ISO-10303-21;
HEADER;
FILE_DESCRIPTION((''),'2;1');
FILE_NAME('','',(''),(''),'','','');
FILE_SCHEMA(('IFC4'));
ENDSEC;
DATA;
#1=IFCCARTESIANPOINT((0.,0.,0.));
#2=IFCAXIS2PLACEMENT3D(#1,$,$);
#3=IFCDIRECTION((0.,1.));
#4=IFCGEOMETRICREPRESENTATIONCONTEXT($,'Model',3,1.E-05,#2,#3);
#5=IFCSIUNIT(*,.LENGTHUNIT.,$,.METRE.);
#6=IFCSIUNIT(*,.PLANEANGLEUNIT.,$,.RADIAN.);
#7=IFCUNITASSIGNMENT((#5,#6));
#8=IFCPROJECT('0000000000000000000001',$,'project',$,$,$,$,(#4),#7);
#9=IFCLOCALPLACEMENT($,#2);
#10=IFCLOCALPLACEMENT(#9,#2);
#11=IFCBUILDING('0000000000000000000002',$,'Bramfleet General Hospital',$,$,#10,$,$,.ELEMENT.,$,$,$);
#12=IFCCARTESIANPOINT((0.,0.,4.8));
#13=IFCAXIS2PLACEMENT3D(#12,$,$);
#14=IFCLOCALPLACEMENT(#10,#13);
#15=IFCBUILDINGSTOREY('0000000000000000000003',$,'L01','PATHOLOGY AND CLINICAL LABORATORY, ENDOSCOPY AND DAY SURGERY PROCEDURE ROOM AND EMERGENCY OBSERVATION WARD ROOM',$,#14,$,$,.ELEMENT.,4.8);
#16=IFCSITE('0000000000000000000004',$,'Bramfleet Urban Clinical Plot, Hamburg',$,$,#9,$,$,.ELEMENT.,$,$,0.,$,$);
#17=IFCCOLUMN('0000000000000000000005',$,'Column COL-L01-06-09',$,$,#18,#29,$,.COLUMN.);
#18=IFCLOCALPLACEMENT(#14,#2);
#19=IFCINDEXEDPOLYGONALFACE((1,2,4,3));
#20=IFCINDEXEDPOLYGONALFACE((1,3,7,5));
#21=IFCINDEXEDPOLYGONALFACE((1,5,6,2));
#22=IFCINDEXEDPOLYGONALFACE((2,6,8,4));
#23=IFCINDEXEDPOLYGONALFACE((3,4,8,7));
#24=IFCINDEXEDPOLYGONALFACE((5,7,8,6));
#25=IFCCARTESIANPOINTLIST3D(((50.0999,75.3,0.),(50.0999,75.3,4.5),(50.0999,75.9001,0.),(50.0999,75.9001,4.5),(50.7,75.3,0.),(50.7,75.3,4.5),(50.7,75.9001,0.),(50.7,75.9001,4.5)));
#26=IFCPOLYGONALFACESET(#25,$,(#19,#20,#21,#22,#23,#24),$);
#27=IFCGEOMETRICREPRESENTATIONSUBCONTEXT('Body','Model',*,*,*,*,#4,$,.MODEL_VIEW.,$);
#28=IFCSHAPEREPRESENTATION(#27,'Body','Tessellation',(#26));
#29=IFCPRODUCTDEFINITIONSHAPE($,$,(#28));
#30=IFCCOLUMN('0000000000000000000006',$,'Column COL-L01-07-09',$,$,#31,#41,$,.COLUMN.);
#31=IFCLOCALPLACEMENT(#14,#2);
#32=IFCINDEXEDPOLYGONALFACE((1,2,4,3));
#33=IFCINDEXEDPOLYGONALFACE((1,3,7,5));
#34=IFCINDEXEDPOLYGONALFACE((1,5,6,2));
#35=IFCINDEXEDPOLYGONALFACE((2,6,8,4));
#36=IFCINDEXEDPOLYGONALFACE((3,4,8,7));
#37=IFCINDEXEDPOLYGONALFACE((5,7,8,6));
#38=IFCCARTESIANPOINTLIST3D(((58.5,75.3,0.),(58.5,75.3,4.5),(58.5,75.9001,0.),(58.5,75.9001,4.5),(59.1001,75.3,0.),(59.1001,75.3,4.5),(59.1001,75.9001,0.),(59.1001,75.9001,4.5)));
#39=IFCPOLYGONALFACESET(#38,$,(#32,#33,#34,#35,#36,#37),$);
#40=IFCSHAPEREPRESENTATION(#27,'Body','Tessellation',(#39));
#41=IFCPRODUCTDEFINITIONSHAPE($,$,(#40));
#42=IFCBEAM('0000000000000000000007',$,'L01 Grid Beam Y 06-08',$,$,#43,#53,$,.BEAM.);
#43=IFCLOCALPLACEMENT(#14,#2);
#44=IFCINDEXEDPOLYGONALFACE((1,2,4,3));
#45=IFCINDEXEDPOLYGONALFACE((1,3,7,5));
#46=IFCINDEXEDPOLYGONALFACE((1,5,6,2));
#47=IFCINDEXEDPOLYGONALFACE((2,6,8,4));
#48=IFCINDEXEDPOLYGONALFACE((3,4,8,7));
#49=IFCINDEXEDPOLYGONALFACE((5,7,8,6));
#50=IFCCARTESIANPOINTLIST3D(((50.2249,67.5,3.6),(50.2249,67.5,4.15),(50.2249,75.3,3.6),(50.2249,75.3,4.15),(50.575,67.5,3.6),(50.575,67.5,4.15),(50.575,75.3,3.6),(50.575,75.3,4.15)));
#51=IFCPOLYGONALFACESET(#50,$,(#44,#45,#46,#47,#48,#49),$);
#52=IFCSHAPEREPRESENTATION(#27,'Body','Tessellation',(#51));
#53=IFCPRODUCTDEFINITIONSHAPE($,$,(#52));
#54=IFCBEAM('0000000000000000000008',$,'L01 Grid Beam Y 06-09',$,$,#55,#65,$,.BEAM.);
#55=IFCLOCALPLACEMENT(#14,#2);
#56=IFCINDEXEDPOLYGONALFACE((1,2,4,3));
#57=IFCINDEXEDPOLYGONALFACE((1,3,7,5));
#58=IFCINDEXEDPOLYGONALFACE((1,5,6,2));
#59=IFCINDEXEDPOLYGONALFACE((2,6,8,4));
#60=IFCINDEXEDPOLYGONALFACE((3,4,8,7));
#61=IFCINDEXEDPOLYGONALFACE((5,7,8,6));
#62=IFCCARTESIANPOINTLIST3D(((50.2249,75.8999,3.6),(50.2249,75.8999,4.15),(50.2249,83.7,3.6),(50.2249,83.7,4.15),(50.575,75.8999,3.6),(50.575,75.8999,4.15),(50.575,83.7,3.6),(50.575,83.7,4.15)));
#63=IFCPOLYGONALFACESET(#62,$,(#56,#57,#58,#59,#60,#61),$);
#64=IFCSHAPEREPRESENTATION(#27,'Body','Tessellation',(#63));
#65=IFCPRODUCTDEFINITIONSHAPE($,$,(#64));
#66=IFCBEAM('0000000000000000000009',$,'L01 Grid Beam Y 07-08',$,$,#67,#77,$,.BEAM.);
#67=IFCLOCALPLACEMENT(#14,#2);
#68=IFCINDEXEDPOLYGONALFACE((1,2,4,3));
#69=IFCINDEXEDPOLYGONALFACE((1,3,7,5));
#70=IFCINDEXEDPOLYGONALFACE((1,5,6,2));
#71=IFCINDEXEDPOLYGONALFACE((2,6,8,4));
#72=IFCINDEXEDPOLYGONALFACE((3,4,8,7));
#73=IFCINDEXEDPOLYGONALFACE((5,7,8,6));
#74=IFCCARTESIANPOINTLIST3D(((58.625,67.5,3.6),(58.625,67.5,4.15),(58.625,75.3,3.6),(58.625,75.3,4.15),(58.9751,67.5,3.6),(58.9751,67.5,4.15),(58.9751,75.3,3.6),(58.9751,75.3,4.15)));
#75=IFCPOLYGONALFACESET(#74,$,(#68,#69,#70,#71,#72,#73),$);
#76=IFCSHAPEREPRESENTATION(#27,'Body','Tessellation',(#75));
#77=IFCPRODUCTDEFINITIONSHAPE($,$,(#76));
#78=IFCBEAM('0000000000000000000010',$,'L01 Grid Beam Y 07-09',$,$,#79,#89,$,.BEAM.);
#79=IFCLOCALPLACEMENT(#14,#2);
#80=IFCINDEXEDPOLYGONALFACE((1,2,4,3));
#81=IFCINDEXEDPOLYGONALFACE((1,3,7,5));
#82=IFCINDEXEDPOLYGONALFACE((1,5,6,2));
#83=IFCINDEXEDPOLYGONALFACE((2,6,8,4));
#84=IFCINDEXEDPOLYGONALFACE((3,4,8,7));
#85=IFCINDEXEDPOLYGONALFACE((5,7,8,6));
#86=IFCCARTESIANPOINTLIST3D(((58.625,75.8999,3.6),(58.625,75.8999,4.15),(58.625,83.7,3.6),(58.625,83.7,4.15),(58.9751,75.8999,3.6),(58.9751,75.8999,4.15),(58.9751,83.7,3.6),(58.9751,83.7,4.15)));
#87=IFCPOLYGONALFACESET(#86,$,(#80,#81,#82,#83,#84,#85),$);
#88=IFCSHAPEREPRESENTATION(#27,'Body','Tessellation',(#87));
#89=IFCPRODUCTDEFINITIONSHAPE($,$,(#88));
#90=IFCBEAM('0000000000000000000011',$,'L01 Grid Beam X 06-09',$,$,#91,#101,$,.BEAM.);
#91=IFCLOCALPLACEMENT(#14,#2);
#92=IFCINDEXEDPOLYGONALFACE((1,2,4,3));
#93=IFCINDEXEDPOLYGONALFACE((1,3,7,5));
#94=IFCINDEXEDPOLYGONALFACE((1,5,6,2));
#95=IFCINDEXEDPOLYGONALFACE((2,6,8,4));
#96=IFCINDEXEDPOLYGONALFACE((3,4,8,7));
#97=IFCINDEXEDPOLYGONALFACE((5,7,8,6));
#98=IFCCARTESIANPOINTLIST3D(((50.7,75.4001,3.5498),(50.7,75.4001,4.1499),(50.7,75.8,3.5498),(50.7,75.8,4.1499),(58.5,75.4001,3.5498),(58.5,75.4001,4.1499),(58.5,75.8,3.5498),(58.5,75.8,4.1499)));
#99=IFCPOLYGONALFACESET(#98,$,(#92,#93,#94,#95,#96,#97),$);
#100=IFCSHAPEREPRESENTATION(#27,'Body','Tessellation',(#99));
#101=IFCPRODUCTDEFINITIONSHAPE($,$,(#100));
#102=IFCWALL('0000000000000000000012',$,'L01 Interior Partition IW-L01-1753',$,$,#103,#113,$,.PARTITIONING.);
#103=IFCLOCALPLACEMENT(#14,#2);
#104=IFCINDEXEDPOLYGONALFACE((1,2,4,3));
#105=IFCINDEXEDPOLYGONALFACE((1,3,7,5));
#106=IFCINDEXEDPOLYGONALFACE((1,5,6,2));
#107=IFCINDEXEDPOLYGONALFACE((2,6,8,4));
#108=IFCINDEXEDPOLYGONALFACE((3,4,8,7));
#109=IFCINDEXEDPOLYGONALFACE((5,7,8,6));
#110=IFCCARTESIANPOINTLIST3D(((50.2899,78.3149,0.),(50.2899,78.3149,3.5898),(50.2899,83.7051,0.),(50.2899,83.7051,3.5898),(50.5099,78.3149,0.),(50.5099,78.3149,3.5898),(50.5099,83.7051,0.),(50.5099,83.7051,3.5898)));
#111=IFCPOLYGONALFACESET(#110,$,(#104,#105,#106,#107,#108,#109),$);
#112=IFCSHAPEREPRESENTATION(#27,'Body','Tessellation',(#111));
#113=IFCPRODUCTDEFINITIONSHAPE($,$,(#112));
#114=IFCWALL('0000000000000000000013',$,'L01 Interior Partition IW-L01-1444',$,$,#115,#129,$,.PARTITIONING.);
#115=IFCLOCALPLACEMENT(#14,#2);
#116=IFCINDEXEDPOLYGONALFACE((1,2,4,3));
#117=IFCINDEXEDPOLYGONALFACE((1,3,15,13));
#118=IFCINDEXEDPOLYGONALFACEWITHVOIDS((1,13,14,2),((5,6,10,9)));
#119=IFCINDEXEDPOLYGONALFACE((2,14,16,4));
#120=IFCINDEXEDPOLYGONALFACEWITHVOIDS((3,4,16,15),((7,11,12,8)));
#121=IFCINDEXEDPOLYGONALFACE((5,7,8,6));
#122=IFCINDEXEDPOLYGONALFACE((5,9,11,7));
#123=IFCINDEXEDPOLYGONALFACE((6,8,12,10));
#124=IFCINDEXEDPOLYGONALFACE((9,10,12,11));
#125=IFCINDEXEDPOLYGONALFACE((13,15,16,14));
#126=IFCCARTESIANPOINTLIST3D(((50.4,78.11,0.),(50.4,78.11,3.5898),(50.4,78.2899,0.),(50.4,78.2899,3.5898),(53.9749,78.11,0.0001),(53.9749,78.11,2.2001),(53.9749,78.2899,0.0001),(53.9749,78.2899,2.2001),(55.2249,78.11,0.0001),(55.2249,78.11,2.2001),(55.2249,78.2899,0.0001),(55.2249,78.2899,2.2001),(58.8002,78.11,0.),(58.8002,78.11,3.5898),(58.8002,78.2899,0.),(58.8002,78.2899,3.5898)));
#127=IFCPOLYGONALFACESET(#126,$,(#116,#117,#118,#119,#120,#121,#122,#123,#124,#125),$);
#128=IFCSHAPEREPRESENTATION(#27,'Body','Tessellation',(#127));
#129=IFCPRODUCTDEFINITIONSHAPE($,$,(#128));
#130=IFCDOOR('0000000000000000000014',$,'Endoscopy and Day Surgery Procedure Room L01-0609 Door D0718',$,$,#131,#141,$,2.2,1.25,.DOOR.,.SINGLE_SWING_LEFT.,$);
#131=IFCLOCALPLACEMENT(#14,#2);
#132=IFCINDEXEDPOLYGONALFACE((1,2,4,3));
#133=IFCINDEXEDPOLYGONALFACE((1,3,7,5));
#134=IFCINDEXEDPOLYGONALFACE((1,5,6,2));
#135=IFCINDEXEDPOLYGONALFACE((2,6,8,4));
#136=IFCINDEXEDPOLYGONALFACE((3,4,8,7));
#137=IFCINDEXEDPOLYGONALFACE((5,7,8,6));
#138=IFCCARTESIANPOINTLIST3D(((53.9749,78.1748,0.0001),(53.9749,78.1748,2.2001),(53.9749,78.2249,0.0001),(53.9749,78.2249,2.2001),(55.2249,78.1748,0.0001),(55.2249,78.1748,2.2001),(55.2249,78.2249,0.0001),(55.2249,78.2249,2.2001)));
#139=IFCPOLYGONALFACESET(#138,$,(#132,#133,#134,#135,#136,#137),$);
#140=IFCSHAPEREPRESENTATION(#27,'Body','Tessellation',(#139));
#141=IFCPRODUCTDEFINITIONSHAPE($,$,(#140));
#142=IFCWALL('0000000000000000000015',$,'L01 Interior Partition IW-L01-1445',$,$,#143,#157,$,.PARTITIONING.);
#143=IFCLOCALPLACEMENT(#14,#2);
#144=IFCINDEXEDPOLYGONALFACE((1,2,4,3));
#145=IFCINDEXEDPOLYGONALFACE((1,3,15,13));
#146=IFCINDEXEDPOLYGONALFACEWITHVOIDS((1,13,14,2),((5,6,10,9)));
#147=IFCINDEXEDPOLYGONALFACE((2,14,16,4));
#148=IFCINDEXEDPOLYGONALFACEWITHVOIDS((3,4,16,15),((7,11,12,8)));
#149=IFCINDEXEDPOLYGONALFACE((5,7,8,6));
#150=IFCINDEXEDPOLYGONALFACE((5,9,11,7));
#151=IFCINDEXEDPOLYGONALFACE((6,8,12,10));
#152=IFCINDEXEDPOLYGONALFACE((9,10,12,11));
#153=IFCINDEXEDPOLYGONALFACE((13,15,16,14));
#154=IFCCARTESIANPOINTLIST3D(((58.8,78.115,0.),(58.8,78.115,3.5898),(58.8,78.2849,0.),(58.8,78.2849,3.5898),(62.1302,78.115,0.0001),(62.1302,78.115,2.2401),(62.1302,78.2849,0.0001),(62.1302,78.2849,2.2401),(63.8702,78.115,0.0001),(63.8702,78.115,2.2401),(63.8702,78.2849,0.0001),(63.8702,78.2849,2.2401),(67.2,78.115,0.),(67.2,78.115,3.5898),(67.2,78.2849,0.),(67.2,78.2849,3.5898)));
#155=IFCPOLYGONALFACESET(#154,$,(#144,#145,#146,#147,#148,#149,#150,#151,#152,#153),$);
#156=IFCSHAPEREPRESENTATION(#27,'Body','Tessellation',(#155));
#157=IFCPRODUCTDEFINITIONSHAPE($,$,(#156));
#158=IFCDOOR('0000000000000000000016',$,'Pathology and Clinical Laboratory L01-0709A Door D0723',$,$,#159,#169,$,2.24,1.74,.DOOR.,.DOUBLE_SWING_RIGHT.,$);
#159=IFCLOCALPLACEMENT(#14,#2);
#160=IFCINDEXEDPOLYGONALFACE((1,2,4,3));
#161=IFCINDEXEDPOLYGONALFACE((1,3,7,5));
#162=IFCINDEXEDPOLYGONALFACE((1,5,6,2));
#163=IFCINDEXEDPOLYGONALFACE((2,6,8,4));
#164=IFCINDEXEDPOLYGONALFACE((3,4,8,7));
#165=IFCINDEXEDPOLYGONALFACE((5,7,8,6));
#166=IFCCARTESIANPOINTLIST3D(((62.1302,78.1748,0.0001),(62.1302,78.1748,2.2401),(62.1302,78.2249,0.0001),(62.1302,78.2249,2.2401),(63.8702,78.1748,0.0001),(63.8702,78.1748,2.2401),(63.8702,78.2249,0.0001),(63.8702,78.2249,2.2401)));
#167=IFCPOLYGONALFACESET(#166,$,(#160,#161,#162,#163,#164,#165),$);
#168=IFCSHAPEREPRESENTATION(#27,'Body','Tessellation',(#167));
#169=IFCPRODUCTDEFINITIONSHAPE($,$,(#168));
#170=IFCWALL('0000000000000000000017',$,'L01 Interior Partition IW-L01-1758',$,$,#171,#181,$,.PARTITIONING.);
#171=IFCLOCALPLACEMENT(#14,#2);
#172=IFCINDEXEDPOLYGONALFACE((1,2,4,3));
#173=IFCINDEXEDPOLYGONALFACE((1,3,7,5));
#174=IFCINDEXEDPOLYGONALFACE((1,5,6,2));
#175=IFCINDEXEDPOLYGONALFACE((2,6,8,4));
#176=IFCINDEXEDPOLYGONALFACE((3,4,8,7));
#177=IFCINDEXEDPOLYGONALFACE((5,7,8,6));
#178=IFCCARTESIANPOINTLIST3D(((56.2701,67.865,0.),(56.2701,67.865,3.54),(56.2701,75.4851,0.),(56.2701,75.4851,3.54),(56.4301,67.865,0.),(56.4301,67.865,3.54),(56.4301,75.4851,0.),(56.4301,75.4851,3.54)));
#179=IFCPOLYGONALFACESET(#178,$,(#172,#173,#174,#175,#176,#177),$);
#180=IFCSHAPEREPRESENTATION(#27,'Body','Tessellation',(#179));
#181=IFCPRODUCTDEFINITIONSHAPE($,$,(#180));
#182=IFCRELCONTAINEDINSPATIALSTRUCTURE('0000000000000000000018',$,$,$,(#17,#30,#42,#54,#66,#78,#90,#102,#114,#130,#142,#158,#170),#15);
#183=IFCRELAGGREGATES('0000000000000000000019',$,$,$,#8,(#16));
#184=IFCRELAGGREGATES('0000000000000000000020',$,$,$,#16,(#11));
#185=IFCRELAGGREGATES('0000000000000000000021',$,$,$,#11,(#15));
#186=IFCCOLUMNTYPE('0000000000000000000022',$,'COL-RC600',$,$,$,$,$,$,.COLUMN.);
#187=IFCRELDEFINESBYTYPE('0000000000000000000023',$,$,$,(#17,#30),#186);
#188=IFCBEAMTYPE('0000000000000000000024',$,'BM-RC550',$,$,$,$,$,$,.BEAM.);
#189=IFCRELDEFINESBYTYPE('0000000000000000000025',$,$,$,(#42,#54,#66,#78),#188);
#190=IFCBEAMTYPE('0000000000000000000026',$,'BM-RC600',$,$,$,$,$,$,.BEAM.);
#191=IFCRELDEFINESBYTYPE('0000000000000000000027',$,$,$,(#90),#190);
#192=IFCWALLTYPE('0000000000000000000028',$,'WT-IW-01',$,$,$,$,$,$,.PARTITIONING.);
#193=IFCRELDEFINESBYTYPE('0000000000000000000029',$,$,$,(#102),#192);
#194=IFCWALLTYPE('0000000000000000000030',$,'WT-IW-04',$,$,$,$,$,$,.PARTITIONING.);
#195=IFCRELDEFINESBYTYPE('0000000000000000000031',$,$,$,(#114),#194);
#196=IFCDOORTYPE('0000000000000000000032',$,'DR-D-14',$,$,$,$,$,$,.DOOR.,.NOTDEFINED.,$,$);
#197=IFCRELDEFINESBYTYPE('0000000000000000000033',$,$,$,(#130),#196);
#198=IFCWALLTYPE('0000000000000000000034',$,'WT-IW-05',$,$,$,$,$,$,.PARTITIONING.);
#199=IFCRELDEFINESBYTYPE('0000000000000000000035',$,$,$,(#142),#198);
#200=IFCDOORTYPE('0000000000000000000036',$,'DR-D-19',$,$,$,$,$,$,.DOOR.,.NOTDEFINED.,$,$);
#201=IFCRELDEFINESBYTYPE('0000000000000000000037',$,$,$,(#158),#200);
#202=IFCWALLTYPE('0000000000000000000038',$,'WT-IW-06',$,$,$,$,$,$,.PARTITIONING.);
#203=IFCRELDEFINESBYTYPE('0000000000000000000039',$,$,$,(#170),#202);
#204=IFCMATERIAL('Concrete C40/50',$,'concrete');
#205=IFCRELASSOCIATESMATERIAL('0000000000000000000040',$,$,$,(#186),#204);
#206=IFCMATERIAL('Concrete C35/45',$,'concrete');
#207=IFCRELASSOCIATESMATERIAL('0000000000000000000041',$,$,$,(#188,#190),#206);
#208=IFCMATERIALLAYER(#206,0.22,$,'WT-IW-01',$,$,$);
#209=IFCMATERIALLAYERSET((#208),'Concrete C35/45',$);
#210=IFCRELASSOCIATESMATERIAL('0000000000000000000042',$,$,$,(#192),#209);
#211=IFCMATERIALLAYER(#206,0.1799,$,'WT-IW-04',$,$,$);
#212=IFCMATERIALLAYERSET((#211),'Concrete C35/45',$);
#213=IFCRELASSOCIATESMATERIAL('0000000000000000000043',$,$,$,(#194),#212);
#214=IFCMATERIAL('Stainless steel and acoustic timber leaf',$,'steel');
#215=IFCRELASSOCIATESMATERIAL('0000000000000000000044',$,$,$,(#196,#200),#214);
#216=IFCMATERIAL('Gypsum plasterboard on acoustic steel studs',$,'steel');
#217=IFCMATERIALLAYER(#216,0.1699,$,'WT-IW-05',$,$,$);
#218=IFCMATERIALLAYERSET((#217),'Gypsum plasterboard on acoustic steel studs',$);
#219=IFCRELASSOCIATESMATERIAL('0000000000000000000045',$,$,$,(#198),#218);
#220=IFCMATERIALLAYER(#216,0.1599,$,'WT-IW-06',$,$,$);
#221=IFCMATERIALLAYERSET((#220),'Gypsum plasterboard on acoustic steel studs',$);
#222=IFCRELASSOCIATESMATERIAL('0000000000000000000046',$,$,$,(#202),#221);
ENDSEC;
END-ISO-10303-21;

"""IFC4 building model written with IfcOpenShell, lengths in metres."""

from ifc_helpers import new_model, si_unit, direction, frame, frame_2d, origin, origin_2d, place, context, subcontext, project, spatial, rectangle, extrude, material, layer, layer_set, material_profile, profile_set, type_object, element, fill, save


model = new_model("IFC4")

# Units and contexts
model_context = context("Model", 3, precision=1e-05, world=origin(), true_north=direction((0.0, 1.0)))
body_context = subcontext(model_context, "Body", "Model", "MODEL_VIEW")
ifc_project = project(units=[si_unit("LENGTHUNIT", "METRE"), si_unit("PLANEANGLEUNIT", "RADIAN")], contexts=[model_context])

# Site, building, storey
site_placement = place(None, origin())
site = spatial("IfcSite", under=ifc_project, at=site_placement, Name="Bramfleet Urban Clinical Plot, Hamburg", CompositionType="ELEMENT", RefElevation=0.0)
building_placement = place(site_placement, origin())
building = spatial("IfcBuilding", under=site, at=building_placement, Name="Bramfleet General Hospital", CompositionType="ELEMENT")
storey_placement = place(building_placement, frame((0.0, 0.0, 4.8)))
storey = spatial("IfcBuildingStorey", under=building, at=storey_placement, Name="L01", Description="PATHOLOGY AND CLINICAL LABORATORY, ENDOSCOPY AND DAY SURGERY PROCEDURE ROOM AND EMERGENCY OBSERVATION WARD ROOM", CompositionType="ELEMENT", Elevation=4.8)

# Columns
ifc_material_1 = material(Name="Concrete C40/50", Category="concrete")
ifc_material_profile_1 = material_profile(ifc_material_1, rectangle(XDim=0.6001, YDim=0.6001, at=origin_2d()), Name="RC COL 600x600")
ifc_profile_set_1 = profile_set([ifc_material_profile_1], Name="Concrete C40/50")
column_type = type_object("IfcColumnType", Name="COL-RC600", PredefinedType="COLUMN", material=ifc_profile_set_1)
for number, where, z_axis, x_axis, name in (
    (1, (50.3999, 75.6001, 0.0), (0.0, 0.0, 1.0), (1.0, 0.0, 0.0), "Column COL-L01-06-09"),
    (2, (58.8, 75.6001, 0.0), (0.0, 0.0, 1.0), (1.0, 0.0, 0.0), "Column COL-L01-07-09"),
):
    element("IfcColumn", number, at=place(storey_placement, frame(where, z_axis=z_axis, x_axis=x_axis)), inside=storey, type_object=column_type, Name=name, PredefinedType="COLUMN", context=body_context, shape_type="SweptSolid", body=[
        extrude(rectangle(XDim=0.6001, YDim=0.6001, at=origin_2d()), origin(), (0.0, 0.0, 1.0), 4.5),
    ])

# Beams
ifc_material_2 = material(Name="Concrete C35/45", Category="concrete")
ifc_material_profile_2 = material_profile(ifc_material_2, rectangle(XDim=0.3501, YDim=0.55, at=origin_2d()), Name="RC BM 550x350")
ifc_profile_set_2 = profile_set([ifc_material_profile_2], Name="Concrete C35/45")
beam_type_1 = type_object("IfcBeamType", Name="BM-RC550", PredefinedType="BEAM", material=ifc_profile_set_2)
for number, where, z_axis, x_axis, name in (
    (3, (50.3999, 67.5, 3.875), (0.0, 1.0, 0.0), (-1.0, 0.0, 0.0), "L01 Grid Beam Y 06-08"),
    (4, (50.3999, 75.8999, 3.875), (0.0, 1.0, 0.0), (-1.0, 0.0, 0.0), "L01 Grid Beam Y 06-09"),
    (5, (58.8, 67.5, 3.875), (0.0, 1.0, 0.0), (-1.0, 0.0, 0.0), "L01 Grid Beam Y 07-08"),
    (6, (58.8, 75.8999, 3.875), (0.0, 1.0, 0.0), (-1.0, 0.0, 0.0), "L01 Grid Beam Y 07-09"),
):
    element("IfcBeam", number, at=place(storey_placement, frame(where, z_axis=z_axis, x_axis=x_axis)), inside=storey, type_object=beam_type_1, Name=name, PredefinedType="BEAM", context=body_context, shape_type="SweptSolid", body=[
        extrude(rectangle(XDim=0.3501, YDim=0.55, at=origin_2d()), origin(), (0.0, 0.0, 1.0), 7.8),
    ])
ifc_material_profile_3 = material_profile(ifc_material_2, rectangle(XDim=0.3999, YDim=0.6001, at=origin_2d()), Name="RC BM 600x400")
ifc_profile_set_3 = profile_set([ifc_material_profile_3], Name="Concrete C35/45")
beam_type_2 = type_object("IfcBeamType", Name="BM-RC600", PredefinedType="BEAM", material=ifc_profile_set_3)
beam_placement = place(storey_placement, frame((50.7, 75.6001, 3.8499), z_axis=(1.0, 0.0, 0.0), x_axis=(0.0, 1.0, 0.0)))
element("IfcBeam", 7, at=beam_placement, inside=storey, type_object=beam_type_2, Name="L01 Grid Beam X 06-09", PredefinedType="BEAM", context=body_context, shape_type="SweptSolid", body=[
    extrude(rectangle(XDim=0.3999, YDim=0.6001, at=origin_2d()), origin(), (0.0, 0.0, 1.0), 7.8),
])

# Wall
ifc_layer_1 = layer(ifc_material_2, 0.22, Name="WT-IW-01")
ifc_layer_set_1 = layer_set([ifc_layer_1], Name="Concrete C35/45")
wall_type_1 = type_object("IfcWallType", Name="WT-IW-01", PredefinedType="PARTITIONING", material=ifc_layer_set_1)
wall_1_placement = place(storey_placement, frame((50.3999, 78.3149, 0.0), z_axis=(0.0, 0.0, 1.0), x_axis=(0.0, 1.0, 0.0)))
element("IfcWall", 8, at=wall_1_placement, inside=storey, type_object=wall_type_1, Name="L01 Interior Partition IW-L01-1753", PredefinedType="PARTITIONING", context=body_context, shape_type="SweptSolid", body=[
    extrude(rectangle(XDim=5.3901, YDim=0.22, at=frame_2d((2.6951, 0.0))), origin(), (0.0, 0.0, 1.0), 3.5898),
])

# Walls, openings, doors
ifc_material_3 = material(Name="Stainless steel and acoustic timber leaf", Category="steel")
ifc_layer_2 = layer(ifc_material_2, 0.1799, Name="WT-IW-04")
ifc_layer_set_2 = layer_set([ifc_layer_2], Name="Concrete C35/45")
wall_type_2 = type_object("IfcWallType", Name="WT-IW-04", PredefinedType="PARTITIONING", material=ifc_layer_set_2)
wall_2_placement = place(storey_placement, frame((50.3999, 78.2, 0.0), z_axis=(0.0, 0.0, 1.0), x_axis=(1.0, 0.0, 0.0)))
wall_2 = element("IfcWall", 9, at=wall_2_placement, inside=storey, type_object=wall_type_2, Name="L01 Interior Partition IW-L01-1444", PredefinedType="PARTITIONING", context=body_context, shape_type="SweptSolid", body=[
    extrude(rectangle(XDim=8.4001, YDim=0.1799, at=frame_2d((4.2002, 0.0))), origin(), (0.0, 0.0, 1.0), 3.5898),
])
opening_1_placement = place(wall_2_placement, frame((3.575, 0.0, 0.0)))
opening_1 = element("IfcOpeningElement", 10, at=opening_1_placement, cuts=wall_2, PredefinedType="OPENING", context=body_context, shape_type="SweptSolid", body=[
    extrude(rectangle(XDim=1.25, YDim=2.2, at=frame_2d((0.625, 1.1001))), frame((0.0, 0.0999, 0.0), z_axis=(0.0, -1.0, 0.0), x_axis=(1.0, 0.0, 0.0)), (0.0, 0.0, 1.0), 0.2),
])
door_type_1 = type_object("IfcDoorType", Name="DR-D-14", OperationType="NOTDEFINED", PredefinedType="DOOR", material=ifc_material_3)
door_1_placement = place(opening_1_placement, origin())
door_1 = element("IfcDoor", 11, at=door_1_placement, inside=storey, type_object=door_type_1, Name="Endoscopy and Day Surgery Procedure Room L01-0609 Door D0718", OperationType="SINGLE_SWING_LEFT", OverallHeight=2.2, OverallWidth=1.25, PredefinedType="DOOR", context=body_context, shape_type="SweptSolid", body=[
    extrude(rectangle(XDim=1.25, YDim=2.2, at=frame_2d((0.625, 1.1001))), frame((0.0, 0.0249, 0.0), z_axis=(0.0, -1.0, 0.0), x_axis=(1.0, 0.0, 0.0)), (0.0, 0.0, 1.0), 0.05),
])
fill(opening_1, door_1)
ifc_material_4 = material(Name="Gypsum plasterboard on acoustic steel studs", Category="steel")
ifc_layer_3 = layer(ifc_material_4, 0.1699, Name="WT-IW-05")
ifc_layer_set_3 = layer_set([ifc_layer_3], Name="Gypsum plasterboard on acoustic steel studs")
wall_type_3 = type_object("IfcWallType", Name="WT-IW-05", PredefinedType="PARTITIONING", material=ifc_layer_set_3)
wall_3_placement = place(storey_placement, frame((58.8, 78.2, 0.0), z_axis=(0.0, 0.0, 1.0), x_axis=(1.0, 0.0, 0.0)))
wall_3 = element("IfcWall", 12, at=wall_3_placement, inside=storey, type_object=wall_type_3, Name="L01 Interior Partition IW-L01-1445", PredefinedType="PARTITIONING", context=body_context, shape_type="SweptSolid", body=[
    extrude(rectangle(XDim=8.3999, YDim=0.1699, at=frame_2d((4.2, 0.0))), origin(), (0.0, 0.0, 1.0), 3.5898),
])
opening_2_placement = place(wall_3_placement, frame((3.3301, 0.0, 0.0)))
opening_2 = element("IfcOpeningElement", 13, at=opening_2_placement, cuts=wall_3, PredefinedType="OPENING", context=body_context, shape_type="SweptSolid", body=[
    extrude(rectangle(XDim=1.74, YDim=2.24, at=frame_2d((0.8701, 1.1201))), frame((0.0, 0.095, 0.0), z_axis=(0.0, -1.0, 0.0), x_axis=(1.0, 0.0, 0.0)), (0.0, 0.0, 1.0), 0.1899),
])
door_type_2 = type_object("IfcDoorType", Name="DR-D-19", OperationType="NOTDEFINED", PredefinedType="DOOR", material=ifc_material_3)
door_2_placement = place(opening_2_placement, origin())
door_2 = element("IfcDoor", 14, at=door_2_placement, inside=storey, type_object=door_type_2, Name="Pathology and Clinical Laboratory L01-0709A Door D0723", OperationType="DOUBLE_SWING_RIGHT", OverallHeight=2.24, OverallWidth=1.74, PredefinedType="DOOR", context=body_context, shape_type="SweptSolid", body=[
    extrude(rectangle(XDim=1.74, YDim=2.24, at=frame_2d((0.8701, 1.1201))), frame((0.0, 0.0249, 0.0), z_axis=(0.0, -1.0, 0.0), x_axis=(1.0, 0.0, 0.0)), (0.0, 0.0, 1.0), 0.05),
])
fill(opening_2, door_2)

# Wall
ifc_layer_4 = layer(ifc_material_4, 0.1599, Name="WT-IW-06")
ifc_layer_set_4 = layer_set([ifc_layer_4], Name="Gypsum plasterboard on acoustic steel studs")
wall_type_4 = type_object("IfcWallType", Name="WT-IW-06", PredefinedType="PARTITIONING", material=ifc_layer_set_4)
wall_4_placement = place(storey_placement, frame((56.3501, 67.865, 0.0), z_axis=(0.0, 0.0, 1.0), x_axis=(0.0, 1.0, 0.0)))
element("IfcWall", 15, at=wall_4_placement, inside=storey, type_object=wall_type_4, Name="L01 Interior Partition IW-L01-1758", PredefinedType="PARTITIONING", context=body_context, shape_type="SweptSolid", body=[
    extrude(rectangle(XDim=7.6201, YDim=0.1599, at=frame_2d((3.8101, 0.0))), origin(), (0.0, 0.0, 1.0), 3.54),
])

save(model, "model.ifc")
